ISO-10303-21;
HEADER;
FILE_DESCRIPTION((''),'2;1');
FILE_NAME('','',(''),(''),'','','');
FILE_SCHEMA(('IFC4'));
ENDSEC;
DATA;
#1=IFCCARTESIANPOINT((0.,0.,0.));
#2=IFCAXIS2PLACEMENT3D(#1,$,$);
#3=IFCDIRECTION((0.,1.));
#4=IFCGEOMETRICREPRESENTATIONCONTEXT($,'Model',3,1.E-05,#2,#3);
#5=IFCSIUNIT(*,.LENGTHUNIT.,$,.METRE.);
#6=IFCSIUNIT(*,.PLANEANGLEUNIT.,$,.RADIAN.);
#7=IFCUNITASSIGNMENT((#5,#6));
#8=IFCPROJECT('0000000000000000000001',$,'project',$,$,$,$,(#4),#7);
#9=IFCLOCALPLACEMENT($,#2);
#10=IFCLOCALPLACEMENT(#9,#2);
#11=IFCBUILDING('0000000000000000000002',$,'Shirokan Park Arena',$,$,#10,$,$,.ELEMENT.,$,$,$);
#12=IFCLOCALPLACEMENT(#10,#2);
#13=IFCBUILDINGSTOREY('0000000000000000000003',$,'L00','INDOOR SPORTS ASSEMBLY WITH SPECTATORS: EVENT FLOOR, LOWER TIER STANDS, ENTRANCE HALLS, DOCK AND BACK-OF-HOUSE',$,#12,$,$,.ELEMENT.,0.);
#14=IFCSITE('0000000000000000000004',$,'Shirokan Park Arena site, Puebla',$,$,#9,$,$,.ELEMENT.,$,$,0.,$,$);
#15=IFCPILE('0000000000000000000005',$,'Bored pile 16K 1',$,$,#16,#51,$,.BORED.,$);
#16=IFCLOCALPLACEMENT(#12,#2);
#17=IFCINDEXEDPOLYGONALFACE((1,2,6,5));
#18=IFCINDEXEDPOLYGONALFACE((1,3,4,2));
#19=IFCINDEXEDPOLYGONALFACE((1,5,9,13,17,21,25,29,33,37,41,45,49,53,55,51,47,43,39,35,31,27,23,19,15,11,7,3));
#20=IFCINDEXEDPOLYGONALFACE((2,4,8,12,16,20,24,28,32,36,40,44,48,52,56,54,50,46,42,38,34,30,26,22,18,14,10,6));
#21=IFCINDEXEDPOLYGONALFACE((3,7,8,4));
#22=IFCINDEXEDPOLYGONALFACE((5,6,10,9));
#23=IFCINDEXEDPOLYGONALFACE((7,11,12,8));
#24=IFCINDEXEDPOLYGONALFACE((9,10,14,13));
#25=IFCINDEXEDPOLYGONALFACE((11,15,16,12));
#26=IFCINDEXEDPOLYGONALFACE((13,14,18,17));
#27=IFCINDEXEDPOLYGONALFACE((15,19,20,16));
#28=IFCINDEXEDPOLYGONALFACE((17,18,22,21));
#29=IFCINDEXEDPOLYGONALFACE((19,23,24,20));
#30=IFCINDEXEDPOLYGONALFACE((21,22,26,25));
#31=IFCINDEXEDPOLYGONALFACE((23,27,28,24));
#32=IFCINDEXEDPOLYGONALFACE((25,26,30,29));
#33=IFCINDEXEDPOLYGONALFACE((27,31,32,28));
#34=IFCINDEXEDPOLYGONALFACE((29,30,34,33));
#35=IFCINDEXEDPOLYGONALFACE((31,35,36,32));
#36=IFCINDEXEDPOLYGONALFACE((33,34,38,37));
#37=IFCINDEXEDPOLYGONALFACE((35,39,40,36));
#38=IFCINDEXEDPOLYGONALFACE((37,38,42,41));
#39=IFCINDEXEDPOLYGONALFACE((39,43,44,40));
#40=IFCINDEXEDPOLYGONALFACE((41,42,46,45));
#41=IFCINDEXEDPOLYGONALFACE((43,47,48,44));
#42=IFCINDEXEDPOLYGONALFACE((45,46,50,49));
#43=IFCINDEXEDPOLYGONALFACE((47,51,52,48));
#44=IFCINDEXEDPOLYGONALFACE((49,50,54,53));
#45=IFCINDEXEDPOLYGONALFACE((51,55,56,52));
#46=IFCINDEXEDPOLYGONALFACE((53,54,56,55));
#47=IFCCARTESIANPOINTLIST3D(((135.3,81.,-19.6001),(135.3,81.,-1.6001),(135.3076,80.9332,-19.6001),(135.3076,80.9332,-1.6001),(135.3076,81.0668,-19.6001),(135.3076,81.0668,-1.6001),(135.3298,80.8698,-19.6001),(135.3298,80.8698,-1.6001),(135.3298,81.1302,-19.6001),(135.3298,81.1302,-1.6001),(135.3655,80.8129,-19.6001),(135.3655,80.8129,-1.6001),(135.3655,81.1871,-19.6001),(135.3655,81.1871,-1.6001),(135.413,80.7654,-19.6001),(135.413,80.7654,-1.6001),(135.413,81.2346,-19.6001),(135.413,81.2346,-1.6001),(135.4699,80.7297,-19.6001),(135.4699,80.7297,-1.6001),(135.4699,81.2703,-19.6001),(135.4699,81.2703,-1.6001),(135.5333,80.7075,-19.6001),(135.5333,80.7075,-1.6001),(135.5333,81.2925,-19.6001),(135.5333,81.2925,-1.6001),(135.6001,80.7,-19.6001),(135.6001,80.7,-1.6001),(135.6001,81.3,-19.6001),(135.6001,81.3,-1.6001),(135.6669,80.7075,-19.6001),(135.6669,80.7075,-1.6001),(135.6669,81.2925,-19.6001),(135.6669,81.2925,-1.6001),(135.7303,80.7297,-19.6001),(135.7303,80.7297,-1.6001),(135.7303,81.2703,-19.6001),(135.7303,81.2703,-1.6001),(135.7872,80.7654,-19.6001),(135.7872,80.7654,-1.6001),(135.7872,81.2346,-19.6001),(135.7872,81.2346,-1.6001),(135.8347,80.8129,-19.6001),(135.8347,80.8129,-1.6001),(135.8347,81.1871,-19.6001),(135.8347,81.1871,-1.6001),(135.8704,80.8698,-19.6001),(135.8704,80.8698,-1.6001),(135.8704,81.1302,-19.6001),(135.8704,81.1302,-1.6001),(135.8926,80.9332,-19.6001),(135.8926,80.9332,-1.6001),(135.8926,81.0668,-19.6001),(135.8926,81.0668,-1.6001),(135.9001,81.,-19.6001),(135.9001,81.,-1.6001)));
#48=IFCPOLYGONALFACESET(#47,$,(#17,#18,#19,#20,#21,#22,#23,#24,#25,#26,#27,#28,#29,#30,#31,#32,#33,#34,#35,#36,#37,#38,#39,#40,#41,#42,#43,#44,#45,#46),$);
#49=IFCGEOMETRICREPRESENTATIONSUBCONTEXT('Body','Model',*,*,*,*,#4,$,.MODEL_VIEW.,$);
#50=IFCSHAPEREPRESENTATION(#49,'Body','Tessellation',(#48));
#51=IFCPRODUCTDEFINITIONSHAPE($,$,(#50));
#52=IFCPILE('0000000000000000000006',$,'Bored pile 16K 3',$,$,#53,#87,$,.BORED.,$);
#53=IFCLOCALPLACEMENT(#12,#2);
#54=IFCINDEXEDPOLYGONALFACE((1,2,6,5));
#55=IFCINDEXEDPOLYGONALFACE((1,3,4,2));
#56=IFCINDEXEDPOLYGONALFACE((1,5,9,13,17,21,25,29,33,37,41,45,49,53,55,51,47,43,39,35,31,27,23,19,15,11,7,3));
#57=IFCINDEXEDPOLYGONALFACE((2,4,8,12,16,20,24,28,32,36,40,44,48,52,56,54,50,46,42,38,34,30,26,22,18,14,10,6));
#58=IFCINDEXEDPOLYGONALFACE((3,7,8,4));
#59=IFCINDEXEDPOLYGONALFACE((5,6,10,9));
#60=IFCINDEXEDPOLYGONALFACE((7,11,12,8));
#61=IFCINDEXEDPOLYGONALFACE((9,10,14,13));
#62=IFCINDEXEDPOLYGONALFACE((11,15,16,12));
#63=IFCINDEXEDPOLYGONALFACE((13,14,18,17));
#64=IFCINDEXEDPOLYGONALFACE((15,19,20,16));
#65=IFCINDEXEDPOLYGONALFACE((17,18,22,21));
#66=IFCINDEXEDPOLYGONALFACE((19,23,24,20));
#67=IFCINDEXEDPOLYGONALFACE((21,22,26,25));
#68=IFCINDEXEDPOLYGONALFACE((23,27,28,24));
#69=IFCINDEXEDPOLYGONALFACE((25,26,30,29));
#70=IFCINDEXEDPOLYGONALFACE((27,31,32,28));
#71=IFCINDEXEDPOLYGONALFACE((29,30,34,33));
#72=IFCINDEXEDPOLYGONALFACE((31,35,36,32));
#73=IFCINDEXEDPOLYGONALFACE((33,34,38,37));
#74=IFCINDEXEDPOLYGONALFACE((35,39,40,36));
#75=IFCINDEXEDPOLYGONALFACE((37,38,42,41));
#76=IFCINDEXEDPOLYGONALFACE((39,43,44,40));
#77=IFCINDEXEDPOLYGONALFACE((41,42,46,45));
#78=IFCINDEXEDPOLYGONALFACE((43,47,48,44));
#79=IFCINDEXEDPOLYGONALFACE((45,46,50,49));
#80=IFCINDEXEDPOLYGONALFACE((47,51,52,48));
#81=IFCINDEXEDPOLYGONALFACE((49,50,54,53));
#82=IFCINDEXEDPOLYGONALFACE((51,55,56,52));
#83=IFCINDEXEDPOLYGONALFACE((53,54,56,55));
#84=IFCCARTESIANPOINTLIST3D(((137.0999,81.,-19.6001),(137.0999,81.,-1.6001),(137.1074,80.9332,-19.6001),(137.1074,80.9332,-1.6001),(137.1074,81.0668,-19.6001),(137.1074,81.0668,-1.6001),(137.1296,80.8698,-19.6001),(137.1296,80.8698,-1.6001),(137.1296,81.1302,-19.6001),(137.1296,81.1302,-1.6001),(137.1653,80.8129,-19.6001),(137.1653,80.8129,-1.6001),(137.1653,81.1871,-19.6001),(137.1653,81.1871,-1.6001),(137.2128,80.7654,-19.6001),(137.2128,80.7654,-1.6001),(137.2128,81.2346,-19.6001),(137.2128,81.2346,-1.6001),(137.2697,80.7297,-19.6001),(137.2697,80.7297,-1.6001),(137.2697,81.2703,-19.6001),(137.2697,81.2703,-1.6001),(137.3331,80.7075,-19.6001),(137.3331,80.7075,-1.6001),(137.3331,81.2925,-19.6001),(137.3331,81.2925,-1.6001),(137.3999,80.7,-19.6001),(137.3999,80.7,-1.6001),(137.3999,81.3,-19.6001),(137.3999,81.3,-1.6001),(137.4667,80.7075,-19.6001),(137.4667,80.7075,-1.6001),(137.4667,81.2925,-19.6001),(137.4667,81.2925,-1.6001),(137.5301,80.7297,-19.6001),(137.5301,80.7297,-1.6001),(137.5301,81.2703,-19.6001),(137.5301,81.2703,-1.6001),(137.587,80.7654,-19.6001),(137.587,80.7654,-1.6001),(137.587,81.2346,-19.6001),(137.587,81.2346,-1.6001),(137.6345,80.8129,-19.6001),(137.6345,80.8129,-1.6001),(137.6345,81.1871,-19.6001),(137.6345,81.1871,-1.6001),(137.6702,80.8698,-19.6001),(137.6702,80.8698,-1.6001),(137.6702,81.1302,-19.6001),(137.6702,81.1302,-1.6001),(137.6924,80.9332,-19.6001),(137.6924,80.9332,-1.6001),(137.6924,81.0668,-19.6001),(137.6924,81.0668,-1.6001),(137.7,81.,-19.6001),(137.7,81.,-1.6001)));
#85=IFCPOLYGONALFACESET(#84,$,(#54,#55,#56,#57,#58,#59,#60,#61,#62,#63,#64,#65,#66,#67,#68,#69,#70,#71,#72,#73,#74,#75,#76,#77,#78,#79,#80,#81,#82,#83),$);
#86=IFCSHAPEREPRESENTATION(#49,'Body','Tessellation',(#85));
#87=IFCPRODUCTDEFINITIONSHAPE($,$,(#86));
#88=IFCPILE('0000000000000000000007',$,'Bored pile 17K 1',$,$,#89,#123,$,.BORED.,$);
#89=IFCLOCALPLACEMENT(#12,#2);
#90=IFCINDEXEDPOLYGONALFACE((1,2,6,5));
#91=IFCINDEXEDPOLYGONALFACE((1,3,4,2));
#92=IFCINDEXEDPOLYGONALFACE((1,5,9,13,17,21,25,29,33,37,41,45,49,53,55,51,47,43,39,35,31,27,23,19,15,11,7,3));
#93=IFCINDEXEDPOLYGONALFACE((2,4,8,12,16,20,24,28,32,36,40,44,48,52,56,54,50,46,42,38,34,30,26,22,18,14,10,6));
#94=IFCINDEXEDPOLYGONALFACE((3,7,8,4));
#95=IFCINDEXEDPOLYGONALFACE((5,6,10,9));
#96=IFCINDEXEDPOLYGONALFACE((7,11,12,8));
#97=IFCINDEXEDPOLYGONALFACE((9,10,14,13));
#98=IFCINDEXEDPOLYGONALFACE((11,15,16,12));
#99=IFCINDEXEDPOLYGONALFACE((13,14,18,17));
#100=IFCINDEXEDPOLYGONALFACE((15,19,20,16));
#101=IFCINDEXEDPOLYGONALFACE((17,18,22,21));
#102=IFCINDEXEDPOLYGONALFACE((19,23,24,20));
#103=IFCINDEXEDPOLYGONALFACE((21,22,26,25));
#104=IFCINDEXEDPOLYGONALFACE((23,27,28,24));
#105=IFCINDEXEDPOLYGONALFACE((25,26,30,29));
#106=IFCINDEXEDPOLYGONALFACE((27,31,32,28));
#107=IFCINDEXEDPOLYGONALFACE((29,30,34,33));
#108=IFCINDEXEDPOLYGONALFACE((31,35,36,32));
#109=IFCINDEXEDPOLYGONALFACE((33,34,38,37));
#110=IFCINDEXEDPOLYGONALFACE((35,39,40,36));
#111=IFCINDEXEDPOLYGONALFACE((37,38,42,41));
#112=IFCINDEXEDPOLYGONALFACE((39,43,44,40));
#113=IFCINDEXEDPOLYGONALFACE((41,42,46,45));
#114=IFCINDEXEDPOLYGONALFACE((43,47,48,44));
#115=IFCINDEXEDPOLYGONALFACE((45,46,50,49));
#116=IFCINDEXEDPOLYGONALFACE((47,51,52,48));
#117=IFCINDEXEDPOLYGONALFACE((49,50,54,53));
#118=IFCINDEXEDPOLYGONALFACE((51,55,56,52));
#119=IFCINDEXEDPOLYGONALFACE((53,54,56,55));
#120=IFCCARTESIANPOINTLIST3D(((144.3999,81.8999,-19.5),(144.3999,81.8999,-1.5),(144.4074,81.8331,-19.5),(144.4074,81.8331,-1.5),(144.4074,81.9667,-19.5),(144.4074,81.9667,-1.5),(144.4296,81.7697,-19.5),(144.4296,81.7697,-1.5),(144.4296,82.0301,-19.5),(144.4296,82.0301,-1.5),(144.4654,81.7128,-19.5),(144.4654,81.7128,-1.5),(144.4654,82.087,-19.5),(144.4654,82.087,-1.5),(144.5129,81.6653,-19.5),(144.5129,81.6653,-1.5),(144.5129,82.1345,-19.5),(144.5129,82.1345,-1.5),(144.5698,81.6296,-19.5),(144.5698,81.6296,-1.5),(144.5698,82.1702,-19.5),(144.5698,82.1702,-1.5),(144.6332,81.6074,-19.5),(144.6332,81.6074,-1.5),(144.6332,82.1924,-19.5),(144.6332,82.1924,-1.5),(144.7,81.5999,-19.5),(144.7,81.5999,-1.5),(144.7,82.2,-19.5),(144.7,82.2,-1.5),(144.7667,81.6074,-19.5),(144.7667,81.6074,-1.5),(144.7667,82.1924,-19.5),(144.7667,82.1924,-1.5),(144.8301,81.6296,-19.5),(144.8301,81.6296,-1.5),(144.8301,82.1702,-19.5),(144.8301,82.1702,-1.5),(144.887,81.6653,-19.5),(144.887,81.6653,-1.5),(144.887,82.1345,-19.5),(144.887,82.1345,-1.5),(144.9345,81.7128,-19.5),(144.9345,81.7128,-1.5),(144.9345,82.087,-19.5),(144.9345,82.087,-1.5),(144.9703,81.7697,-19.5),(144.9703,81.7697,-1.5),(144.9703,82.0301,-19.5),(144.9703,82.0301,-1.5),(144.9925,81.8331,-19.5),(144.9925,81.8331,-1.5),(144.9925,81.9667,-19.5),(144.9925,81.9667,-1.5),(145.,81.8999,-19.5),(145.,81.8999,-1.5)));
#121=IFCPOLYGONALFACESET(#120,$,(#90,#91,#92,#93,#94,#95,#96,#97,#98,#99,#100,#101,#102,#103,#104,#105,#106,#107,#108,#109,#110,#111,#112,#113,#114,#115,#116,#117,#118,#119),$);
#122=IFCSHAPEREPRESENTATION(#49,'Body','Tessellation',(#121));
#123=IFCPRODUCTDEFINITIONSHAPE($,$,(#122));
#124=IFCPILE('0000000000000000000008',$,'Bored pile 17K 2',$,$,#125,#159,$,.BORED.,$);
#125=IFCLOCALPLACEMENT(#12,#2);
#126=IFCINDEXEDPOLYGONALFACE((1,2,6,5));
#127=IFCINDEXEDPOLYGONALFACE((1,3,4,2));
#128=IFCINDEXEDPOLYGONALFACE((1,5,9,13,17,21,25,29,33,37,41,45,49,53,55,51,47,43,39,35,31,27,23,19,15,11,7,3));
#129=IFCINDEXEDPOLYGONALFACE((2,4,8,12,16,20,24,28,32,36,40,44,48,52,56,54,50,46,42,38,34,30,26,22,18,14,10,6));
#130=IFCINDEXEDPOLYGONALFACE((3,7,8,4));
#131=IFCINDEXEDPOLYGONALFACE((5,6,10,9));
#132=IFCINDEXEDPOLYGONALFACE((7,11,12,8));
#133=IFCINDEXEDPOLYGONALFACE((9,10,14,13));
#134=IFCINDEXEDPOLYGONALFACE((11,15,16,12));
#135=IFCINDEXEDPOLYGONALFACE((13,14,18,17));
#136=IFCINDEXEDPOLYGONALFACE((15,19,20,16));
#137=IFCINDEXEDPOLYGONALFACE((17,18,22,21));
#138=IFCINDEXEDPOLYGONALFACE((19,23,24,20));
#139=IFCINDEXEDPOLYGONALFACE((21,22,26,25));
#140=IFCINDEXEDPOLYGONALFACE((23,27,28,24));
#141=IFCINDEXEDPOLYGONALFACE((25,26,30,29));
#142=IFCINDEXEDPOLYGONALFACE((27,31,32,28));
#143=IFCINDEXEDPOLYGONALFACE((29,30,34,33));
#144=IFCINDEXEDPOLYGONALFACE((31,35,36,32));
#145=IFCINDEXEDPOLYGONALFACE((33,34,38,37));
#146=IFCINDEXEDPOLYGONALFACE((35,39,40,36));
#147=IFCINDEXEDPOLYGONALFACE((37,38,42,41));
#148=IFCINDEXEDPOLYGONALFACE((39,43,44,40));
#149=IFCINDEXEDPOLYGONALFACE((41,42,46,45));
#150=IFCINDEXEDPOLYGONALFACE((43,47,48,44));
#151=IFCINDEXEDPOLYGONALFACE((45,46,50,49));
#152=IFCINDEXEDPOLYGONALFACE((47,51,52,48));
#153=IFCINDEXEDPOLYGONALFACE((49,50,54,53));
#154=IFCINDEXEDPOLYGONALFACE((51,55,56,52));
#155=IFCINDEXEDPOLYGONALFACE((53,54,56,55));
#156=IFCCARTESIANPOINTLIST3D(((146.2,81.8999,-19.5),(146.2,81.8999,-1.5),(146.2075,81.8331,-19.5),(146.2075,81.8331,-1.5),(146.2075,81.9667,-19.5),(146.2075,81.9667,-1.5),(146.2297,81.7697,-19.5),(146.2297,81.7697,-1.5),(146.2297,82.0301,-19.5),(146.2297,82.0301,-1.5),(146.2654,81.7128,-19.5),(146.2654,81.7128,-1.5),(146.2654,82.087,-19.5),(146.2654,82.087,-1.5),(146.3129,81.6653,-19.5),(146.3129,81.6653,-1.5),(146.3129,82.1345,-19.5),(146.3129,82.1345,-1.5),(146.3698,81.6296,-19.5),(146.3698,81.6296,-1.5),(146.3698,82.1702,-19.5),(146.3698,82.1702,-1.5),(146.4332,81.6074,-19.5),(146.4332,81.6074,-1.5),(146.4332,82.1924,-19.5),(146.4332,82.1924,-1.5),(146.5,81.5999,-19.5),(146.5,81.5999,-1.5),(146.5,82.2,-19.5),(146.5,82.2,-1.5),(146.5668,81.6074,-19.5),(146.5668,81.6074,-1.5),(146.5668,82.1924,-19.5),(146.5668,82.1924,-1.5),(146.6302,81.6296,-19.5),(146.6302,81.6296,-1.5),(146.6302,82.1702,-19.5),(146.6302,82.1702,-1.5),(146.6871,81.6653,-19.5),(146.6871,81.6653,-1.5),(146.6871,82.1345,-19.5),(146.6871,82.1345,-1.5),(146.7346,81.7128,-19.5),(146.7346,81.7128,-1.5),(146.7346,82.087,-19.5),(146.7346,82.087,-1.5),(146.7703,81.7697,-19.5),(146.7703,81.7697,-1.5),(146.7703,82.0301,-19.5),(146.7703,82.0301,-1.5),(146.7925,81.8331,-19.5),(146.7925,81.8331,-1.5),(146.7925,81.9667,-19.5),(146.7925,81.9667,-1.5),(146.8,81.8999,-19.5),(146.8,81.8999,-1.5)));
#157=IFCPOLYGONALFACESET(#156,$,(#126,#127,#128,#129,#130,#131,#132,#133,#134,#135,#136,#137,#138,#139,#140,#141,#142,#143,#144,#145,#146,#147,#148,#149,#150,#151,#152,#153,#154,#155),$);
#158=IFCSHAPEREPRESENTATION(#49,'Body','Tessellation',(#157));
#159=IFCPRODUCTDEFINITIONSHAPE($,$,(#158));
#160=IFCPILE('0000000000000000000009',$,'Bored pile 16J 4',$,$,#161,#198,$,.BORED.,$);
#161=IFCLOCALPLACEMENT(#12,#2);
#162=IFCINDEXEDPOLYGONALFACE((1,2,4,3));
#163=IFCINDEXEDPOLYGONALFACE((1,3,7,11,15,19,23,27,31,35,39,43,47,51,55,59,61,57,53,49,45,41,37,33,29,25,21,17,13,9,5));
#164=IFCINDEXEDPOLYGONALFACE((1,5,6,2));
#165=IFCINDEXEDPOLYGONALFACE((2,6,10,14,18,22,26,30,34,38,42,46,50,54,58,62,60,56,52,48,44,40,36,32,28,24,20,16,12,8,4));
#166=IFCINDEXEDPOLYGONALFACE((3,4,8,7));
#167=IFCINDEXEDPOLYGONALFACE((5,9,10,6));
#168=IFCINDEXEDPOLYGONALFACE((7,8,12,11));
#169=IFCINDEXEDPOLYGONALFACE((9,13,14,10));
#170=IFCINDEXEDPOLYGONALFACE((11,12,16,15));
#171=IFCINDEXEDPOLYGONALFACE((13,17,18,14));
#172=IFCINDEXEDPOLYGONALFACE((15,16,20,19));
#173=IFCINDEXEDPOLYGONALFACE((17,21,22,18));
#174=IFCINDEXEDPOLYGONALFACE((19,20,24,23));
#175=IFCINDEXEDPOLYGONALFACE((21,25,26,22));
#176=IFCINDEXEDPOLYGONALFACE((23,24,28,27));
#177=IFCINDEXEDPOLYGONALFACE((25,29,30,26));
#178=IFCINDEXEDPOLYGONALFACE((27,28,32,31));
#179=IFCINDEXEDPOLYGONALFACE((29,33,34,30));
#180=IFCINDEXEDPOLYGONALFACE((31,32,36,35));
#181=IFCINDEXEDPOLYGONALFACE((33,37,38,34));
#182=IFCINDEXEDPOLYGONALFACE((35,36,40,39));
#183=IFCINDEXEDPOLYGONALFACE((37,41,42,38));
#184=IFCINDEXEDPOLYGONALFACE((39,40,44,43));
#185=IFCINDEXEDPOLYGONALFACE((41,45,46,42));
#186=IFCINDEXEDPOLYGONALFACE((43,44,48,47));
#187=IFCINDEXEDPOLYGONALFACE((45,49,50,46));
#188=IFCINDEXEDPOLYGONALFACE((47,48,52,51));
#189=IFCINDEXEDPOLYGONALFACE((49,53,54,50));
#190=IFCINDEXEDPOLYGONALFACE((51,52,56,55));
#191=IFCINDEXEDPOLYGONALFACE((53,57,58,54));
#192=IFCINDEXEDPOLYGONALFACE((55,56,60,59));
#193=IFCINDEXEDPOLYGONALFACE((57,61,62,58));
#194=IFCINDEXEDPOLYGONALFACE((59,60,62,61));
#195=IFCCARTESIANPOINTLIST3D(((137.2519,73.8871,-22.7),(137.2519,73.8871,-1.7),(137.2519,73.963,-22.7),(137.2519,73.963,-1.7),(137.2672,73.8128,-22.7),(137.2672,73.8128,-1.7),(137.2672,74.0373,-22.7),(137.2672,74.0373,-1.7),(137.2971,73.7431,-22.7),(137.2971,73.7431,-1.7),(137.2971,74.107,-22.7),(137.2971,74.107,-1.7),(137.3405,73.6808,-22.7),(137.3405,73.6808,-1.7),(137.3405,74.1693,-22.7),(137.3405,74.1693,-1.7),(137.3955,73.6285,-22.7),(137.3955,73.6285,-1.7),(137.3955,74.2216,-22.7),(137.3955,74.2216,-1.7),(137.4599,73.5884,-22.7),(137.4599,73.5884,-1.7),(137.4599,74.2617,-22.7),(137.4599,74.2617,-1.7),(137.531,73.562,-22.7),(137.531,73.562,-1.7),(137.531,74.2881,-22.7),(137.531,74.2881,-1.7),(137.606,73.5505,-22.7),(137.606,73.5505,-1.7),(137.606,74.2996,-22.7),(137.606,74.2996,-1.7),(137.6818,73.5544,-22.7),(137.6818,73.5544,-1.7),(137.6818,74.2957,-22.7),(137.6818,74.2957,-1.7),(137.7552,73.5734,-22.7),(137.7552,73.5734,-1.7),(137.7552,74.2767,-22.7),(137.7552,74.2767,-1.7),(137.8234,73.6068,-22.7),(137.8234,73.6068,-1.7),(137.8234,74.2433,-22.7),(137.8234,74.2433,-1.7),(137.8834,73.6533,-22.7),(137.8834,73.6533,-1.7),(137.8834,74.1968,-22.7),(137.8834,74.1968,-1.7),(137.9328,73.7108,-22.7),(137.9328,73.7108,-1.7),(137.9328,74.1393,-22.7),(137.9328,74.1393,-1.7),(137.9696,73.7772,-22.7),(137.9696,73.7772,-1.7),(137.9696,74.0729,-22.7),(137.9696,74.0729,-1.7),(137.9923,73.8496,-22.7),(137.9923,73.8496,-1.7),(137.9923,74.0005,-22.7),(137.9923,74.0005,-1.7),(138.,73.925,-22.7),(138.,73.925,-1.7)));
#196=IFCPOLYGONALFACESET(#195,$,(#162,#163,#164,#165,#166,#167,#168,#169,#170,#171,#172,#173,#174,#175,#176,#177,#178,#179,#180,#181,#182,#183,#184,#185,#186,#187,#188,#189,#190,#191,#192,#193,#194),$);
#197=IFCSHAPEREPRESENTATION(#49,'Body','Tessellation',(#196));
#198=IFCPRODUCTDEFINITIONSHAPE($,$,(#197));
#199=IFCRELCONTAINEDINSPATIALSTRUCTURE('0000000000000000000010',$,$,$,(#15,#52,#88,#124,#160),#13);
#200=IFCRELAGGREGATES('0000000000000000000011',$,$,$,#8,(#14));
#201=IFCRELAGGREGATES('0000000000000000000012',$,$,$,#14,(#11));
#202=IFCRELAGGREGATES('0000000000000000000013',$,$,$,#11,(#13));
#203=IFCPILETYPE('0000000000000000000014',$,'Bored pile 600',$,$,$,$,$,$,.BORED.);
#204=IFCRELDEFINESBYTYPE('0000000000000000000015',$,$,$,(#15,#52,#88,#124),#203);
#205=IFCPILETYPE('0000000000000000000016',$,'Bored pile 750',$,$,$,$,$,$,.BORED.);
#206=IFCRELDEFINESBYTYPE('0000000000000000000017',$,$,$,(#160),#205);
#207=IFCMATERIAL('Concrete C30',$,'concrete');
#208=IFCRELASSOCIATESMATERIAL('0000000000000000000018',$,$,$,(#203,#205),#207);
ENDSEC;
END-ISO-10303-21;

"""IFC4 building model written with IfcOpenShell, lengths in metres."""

from ifc_helpers import new_model, si_unit, direction, frame, origin, origin_2d, place, context, subcontext, project, spatial, circle, extrude, material, material_profile, profile_set, type_object, element, save


model = new_model("IFC4")

# Units and contexts
model_context = context("Model", 3, precision=1e-05, world=origin(), true_north=direction((0.0, 1.0)))
body_context = subcontext(model_context, "Body", "Model", "MODEL_VIEW")
ifc_project = project(units=[si_unit("LENGTHUNIT", "METRE"), si_unit("PLANEANGLEUNIT", "RADIAN")], contexts=[model_context])

# Site, building, storey
site_placement = place(None, origin())
site = spatial("IfcSite", under=ifc_project, at=site_placement, Name="Shirokan Park Arena site, Puebla", CompositionType="ELEMENT", RefElevation=0.0)
building_placement = place(site_placement, origin())
building = spatial("IfcBuilding", under=site, at=building_placement, Name="Shirokan Park Arena", CompositionType="ELEMENT")
storey_placement = place(building_placement, origin())
storey = spatial("IfcBuildingStorey", under=building, at=storey_placement, Name="L00", Description="INDOOR SPORTS ASSEMBLY WITH SPECTATORS: EVENT FLOOR, LOWER TIER STANDS, ENTRANCE HALLS, DOCK AND BACK-OF-HOUSE", CompositionType="ELEMENT", Elevation=0.0)

# Piles
ifc_material_1 = material(Name="Concrete C30", Category="concrete")
ifc_material_profile_1 = material_profile(ifc_material_1, circle(Radius=0.3, at=origin_2d()), Name="D600")
ifc_profile_set_1 = profile_set([ifc_material_profile_1], Name="Concrete C30")
pile_type_1 = type_object("IfcPileType", Name="Bored pile 600", PredefinedType="BORED", material=ifc_profile_set_1)
for number, where, z_axis, x_axis, name in (
    (1, (135.6001, 81.0, -1.6001), (0.0, 0.0, -1.0), (1.0, 0.0, 0.0), "Bored pile 16K 1"),
    (2, (137.3999, 81.0, -1.6001), (0.0, 0.0, -1.0), (1.0, 0.0, 0.0), "Bored pile 16K 3"),
    (3, (144.7, 81.8999, -1.5), (0.0, 0.0, -1.0), (1.0, 0.0, 0.0), "Bored pile 17K 1"),
    (4, (146.5, 81.8999, -1.5), (0.0, 0.0, -1.0), (1.0, 0.0, 0.0), "Bored pile 17K 2"),
):
    element("IfcPile", number, at=place(storey_placement, frame(where, z_axis=z_axis, x_axis=x_axis)), inside=storey, type_object=pile_type_1, Name=name, PredefinedType="BORED", context=body_context, shape_type="SweptSolid", body=[
        extrude(circle(Radius=0.3, at=origin_2d()), origin(), (0.0, 0.0, 1.0), 18.0),
    ])
ifc_material_profile_2 = material_profile(ifc_material_1, circle(Radius=0.375, at=origin_2d()), Name="D750")
ifc_profile_set_2 = profile_set([ifc_material_profile_2], Name="Concrete C30")
pile_type_2 = type_object("IfcPileType", Name="Bored pile 750", PredefinedType="BORED", material=ifc_profile_set_2)
for number, where, z_axis, x_axis, name in (
    (5, (137.625, 73.925, -1.7), (0.0, 0.0, -1.0), (1.0, 0.0, 0.0), "Bored pile 16J 4"),
):
    element("IfcPile", number, at=place(storey_placement, frame(where, z_axis=z_axis, x_axis=x_axis)), inside=storey, type_object=pile_type_2, Name=name, PredefinedType="BORED", context=body_context, shape_type="SweptSolid", body=[
        extrude(circle(Radius=0.375, at=origin_2d()), origin(), (0.0, 0.0, 1.0), 21.0),
    ])

save(model, "model.ifc")
